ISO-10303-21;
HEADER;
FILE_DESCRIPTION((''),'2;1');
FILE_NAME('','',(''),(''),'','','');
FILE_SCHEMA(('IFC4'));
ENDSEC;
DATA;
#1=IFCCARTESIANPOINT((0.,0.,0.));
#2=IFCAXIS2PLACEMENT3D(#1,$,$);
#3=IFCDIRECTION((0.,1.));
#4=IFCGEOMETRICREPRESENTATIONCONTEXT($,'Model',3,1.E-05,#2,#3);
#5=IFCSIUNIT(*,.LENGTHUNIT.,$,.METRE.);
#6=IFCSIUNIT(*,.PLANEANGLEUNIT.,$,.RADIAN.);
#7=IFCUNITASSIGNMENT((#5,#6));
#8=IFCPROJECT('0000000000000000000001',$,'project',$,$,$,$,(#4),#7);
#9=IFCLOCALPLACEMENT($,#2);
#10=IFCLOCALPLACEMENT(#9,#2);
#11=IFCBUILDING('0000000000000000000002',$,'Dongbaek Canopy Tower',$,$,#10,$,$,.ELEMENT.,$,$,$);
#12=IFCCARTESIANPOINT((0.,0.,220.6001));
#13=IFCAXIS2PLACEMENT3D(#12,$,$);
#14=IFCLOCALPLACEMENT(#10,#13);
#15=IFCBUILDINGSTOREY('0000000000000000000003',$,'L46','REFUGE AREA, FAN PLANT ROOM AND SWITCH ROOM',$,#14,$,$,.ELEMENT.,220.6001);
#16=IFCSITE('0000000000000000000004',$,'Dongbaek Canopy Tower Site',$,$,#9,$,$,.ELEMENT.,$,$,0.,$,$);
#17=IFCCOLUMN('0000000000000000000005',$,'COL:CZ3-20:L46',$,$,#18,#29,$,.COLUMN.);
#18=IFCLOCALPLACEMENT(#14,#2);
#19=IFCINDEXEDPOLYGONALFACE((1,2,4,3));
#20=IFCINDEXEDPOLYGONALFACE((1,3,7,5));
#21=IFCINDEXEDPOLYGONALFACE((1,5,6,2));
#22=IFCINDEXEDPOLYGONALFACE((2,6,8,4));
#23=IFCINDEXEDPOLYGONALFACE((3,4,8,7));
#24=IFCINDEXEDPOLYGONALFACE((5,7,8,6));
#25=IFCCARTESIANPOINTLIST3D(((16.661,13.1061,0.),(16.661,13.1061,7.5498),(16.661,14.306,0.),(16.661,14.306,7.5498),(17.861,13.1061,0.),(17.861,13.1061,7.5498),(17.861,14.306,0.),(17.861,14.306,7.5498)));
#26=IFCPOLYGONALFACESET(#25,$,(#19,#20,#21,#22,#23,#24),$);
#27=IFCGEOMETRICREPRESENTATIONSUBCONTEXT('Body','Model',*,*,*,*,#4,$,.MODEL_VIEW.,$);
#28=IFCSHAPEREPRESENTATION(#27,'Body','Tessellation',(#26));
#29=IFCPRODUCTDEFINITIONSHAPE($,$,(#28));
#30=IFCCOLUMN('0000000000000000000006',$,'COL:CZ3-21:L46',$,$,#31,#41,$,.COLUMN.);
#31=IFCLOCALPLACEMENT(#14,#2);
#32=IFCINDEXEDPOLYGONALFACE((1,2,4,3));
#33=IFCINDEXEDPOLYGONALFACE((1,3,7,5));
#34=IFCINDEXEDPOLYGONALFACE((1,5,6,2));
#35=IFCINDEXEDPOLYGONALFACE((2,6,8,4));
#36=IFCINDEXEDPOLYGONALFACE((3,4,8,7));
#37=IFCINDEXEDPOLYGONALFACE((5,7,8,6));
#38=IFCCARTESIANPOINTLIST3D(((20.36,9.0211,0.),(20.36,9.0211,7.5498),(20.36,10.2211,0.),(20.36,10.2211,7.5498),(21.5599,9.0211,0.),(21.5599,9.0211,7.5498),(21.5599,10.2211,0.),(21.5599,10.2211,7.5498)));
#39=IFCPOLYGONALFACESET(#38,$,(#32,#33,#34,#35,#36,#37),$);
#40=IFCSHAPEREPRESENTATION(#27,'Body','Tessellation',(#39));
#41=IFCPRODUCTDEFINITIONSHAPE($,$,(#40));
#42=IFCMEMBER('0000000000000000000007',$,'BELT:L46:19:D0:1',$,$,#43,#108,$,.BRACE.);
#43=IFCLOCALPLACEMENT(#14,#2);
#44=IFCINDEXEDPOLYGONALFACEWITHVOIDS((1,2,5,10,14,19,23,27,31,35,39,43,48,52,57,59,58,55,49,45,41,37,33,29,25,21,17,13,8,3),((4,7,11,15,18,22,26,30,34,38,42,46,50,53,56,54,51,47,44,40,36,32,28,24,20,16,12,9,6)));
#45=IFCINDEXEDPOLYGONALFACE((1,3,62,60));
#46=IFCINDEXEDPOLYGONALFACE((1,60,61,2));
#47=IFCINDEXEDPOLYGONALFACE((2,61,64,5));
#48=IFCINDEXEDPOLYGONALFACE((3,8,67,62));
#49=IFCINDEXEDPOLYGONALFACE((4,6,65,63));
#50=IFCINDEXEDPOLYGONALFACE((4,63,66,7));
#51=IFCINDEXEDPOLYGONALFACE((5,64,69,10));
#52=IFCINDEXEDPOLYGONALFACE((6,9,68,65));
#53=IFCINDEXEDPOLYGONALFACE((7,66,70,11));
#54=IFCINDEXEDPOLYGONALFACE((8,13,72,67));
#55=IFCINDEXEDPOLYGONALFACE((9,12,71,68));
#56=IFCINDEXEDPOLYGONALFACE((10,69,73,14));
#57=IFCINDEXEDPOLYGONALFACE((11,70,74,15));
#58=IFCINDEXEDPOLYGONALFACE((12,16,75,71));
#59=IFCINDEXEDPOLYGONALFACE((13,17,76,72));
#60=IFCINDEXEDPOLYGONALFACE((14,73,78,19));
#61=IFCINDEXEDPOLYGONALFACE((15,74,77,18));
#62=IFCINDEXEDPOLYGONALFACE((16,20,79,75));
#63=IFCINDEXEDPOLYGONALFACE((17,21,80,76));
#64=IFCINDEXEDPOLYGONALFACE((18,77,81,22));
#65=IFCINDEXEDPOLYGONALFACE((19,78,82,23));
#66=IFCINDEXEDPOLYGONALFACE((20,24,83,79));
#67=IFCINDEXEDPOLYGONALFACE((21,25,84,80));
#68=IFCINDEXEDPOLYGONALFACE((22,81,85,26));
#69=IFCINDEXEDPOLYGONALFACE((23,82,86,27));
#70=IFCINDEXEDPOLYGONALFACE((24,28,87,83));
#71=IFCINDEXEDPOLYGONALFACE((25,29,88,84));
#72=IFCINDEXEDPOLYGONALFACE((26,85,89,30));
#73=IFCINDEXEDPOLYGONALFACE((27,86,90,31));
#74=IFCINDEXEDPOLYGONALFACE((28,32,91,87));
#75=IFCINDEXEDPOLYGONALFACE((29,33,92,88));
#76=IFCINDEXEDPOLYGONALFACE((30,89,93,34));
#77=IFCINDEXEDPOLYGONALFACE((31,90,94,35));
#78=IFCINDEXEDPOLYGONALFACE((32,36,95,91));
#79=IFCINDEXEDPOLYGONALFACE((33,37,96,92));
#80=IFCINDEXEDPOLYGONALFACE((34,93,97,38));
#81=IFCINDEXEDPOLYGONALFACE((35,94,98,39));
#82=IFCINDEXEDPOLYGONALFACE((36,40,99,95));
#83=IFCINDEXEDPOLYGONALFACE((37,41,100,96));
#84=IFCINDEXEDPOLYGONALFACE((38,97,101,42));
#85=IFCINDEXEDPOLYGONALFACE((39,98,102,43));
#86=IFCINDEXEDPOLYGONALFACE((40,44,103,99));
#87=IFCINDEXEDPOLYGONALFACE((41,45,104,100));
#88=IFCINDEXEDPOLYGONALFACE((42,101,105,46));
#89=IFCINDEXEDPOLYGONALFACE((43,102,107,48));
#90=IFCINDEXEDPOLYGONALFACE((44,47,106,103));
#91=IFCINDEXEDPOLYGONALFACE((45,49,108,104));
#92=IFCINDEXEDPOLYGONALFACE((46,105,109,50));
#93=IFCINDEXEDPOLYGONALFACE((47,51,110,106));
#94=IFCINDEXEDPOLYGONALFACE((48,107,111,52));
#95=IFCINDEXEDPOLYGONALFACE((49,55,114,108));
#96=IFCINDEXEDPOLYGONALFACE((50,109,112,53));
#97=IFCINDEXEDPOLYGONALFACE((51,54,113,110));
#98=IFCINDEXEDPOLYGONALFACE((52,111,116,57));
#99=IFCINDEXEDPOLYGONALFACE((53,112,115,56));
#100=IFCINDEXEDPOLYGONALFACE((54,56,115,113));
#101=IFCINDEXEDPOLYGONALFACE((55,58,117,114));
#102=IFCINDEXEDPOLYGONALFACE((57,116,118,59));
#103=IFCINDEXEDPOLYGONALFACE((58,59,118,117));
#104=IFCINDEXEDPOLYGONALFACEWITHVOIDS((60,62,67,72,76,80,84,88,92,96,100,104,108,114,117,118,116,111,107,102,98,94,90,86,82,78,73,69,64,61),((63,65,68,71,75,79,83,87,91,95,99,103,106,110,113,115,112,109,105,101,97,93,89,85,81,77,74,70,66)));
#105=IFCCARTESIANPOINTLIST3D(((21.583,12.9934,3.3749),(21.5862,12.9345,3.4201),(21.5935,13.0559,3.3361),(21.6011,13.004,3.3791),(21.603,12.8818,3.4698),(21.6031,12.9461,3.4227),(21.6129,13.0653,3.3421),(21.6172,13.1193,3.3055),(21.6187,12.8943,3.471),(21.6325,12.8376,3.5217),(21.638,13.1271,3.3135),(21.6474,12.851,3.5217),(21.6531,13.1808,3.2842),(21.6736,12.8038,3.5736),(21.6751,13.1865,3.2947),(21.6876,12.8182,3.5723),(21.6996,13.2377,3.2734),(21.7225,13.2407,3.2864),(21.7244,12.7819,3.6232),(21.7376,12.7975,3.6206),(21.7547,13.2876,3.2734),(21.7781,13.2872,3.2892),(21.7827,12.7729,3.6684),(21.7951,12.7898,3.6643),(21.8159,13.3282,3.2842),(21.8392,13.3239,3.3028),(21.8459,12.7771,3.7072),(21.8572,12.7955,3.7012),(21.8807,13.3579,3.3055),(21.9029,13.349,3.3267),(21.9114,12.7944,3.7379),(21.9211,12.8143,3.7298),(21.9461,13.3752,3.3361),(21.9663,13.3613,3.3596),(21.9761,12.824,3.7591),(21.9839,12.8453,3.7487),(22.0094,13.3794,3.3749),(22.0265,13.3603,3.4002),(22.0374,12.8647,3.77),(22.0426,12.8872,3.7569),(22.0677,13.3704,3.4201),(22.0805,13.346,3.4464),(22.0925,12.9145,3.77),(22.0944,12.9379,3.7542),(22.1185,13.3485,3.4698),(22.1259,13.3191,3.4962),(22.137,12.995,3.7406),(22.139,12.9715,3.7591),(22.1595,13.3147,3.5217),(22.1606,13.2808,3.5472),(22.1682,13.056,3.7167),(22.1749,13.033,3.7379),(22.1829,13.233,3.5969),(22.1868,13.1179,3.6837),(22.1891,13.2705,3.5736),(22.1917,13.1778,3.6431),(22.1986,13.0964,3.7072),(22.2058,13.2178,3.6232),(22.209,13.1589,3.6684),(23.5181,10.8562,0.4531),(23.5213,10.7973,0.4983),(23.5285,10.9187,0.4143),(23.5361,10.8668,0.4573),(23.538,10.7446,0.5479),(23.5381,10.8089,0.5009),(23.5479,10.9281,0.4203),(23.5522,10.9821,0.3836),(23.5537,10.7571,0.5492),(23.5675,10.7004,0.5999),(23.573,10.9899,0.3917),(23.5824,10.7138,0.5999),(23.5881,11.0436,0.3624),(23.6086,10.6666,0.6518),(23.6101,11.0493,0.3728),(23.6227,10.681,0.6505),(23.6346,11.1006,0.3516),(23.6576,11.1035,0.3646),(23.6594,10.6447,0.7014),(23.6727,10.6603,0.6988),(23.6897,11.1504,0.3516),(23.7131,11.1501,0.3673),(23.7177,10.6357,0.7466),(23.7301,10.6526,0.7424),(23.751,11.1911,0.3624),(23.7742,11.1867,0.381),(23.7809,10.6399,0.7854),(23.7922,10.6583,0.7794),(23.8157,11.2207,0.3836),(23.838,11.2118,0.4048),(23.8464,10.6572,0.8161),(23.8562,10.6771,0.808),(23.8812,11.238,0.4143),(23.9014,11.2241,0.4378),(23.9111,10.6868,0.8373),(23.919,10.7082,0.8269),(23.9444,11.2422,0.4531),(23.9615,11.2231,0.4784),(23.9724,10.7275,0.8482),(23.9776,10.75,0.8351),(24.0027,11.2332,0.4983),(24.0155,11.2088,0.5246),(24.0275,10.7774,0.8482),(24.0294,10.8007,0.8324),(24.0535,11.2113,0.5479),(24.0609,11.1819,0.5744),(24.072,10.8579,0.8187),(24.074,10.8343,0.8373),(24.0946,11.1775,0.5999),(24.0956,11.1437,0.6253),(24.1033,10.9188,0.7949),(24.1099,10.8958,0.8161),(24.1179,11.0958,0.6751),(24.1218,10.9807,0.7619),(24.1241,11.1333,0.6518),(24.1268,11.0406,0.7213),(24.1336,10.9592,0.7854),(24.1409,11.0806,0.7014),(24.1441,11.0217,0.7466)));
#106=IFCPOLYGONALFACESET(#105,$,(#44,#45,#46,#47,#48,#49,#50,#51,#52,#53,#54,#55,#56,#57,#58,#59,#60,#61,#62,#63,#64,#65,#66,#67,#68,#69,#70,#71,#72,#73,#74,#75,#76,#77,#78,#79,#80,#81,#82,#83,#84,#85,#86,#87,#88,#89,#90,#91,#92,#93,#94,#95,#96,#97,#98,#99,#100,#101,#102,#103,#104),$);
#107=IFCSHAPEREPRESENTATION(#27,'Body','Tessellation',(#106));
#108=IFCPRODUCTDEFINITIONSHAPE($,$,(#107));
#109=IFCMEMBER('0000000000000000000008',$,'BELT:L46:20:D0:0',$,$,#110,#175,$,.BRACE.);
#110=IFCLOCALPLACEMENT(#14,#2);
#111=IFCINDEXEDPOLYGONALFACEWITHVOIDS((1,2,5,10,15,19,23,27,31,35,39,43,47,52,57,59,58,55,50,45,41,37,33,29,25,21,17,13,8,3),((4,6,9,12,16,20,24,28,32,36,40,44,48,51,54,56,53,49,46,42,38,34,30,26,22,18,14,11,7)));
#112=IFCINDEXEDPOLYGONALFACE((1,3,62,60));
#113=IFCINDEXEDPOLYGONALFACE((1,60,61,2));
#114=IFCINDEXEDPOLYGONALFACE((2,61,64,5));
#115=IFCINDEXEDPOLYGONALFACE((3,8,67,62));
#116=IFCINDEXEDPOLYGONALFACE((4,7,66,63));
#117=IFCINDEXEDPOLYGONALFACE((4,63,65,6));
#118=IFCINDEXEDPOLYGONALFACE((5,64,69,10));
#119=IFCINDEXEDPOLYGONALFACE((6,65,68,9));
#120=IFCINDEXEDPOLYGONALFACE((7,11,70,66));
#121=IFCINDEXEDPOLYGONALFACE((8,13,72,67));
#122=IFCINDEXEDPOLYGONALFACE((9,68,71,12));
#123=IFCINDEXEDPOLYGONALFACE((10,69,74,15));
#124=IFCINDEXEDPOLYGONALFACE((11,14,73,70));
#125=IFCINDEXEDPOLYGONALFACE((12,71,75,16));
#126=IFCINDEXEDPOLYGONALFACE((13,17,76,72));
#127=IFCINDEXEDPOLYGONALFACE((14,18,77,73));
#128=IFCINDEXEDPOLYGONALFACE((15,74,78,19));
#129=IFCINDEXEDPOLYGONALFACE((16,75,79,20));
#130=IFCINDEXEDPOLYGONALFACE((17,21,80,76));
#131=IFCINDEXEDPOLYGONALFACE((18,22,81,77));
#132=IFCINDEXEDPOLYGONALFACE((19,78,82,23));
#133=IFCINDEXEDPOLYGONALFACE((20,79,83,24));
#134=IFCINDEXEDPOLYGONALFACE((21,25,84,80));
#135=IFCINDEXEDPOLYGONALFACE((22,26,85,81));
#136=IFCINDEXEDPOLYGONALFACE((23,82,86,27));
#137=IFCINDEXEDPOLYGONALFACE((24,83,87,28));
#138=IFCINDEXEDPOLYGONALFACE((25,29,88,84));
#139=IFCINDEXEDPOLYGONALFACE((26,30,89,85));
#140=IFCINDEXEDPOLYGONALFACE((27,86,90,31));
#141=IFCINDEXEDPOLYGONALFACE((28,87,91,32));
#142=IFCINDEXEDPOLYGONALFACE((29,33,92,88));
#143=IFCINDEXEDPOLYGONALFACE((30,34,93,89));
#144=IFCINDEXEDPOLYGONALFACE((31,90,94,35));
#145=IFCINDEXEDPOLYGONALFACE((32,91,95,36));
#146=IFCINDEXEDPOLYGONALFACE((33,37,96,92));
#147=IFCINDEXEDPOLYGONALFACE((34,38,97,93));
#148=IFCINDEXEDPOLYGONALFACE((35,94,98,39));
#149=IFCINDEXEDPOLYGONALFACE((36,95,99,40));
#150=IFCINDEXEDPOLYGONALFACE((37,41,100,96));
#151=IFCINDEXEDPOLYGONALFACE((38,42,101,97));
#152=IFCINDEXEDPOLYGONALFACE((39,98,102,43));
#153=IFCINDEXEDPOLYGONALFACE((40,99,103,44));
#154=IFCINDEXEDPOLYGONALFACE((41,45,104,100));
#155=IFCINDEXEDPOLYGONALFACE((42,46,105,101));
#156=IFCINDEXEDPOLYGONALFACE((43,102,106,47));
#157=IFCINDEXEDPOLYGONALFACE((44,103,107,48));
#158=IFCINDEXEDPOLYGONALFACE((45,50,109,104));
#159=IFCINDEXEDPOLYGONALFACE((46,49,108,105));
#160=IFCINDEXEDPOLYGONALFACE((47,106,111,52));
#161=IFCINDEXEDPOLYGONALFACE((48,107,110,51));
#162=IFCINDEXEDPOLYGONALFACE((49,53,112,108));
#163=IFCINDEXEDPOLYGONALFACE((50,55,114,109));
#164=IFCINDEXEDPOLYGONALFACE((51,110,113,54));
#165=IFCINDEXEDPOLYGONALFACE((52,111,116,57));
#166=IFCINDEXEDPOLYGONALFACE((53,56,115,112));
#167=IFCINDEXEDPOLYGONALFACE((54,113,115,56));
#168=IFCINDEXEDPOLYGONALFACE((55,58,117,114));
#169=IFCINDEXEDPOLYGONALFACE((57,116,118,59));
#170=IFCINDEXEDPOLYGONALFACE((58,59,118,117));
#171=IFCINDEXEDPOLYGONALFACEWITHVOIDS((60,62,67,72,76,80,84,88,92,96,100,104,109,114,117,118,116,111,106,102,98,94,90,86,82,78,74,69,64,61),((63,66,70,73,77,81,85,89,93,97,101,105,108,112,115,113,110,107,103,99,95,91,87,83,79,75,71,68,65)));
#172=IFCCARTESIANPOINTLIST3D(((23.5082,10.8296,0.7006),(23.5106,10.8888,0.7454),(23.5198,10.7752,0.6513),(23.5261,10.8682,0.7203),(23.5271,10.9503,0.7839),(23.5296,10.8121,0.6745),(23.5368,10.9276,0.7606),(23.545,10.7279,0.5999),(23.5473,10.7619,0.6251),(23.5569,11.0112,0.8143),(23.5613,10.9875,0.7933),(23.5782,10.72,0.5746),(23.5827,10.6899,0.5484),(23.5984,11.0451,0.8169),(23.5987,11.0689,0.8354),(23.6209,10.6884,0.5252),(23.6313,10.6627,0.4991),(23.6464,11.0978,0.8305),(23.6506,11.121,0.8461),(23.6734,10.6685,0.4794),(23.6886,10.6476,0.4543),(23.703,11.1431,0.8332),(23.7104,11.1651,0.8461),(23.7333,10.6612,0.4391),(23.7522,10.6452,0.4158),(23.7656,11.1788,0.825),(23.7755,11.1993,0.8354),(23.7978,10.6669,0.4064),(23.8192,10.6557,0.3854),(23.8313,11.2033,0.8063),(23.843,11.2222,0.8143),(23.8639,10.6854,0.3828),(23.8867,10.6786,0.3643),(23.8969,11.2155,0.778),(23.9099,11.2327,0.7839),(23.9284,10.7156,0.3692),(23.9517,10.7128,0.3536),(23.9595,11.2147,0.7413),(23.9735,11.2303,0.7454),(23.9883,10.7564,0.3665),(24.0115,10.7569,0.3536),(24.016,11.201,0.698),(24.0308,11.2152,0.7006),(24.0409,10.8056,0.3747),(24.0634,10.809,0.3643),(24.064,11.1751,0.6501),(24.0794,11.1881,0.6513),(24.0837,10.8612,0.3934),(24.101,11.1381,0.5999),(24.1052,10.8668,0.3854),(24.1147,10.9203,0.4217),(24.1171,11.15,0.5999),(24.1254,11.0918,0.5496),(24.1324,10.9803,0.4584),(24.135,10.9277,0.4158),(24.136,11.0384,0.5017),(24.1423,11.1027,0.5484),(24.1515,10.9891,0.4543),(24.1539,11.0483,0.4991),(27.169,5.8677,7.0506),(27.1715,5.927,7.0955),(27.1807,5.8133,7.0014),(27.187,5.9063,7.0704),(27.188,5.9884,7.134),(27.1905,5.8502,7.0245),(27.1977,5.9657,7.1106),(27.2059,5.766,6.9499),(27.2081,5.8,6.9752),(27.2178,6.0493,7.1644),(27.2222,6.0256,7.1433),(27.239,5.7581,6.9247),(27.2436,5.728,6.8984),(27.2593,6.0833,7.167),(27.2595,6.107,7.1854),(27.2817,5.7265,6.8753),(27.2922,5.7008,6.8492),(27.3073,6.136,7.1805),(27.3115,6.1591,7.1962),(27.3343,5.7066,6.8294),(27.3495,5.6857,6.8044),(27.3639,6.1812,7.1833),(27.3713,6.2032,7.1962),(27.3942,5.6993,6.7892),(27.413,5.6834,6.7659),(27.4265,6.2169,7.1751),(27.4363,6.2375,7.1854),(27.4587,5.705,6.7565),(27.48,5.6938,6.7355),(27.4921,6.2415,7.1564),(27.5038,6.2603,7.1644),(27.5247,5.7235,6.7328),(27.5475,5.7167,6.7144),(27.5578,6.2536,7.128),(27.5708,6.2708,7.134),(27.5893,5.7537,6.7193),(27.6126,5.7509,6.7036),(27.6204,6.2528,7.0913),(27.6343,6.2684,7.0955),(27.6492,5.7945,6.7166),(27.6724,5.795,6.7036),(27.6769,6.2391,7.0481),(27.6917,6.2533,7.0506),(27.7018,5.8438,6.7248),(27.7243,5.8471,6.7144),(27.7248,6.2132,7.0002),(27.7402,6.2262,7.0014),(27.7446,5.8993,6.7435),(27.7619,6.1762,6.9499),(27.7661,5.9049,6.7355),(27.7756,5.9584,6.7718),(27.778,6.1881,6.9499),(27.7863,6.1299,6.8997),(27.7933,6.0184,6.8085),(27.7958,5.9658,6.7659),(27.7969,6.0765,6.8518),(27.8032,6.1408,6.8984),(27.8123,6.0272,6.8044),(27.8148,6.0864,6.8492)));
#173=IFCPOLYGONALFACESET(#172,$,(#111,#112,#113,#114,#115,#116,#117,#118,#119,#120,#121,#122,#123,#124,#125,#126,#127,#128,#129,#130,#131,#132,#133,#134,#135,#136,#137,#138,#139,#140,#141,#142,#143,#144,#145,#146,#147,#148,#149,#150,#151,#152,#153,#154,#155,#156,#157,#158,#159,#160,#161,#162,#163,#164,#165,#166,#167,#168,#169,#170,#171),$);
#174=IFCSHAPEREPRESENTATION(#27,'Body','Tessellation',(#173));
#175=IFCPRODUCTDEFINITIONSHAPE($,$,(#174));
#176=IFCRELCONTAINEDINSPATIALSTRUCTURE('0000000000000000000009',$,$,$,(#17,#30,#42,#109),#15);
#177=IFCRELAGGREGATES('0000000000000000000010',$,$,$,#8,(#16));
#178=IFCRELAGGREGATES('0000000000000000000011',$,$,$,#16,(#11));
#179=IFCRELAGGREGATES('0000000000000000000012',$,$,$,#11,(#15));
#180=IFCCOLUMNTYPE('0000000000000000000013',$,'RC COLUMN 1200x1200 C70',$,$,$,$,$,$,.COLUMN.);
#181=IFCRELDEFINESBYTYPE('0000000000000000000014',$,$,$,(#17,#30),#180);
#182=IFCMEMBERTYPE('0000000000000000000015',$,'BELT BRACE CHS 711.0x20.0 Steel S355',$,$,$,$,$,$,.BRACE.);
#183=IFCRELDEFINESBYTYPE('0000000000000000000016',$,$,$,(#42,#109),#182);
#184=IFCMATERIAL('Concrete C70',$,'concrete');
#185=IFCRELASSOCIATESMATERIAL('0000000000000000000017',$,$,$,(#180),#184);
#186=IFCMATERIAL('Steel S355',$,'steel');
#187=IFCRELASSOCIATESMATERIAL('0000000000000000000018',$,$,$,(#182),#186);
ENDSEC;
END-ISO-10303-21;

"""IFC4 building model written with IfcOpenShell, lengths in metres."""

from ifc_helpers import new_model, si_unit, direction, frame, origin, origin_2d, place, context, subcontext, project, spatial, rectangle, hollow_circle, extrude, material, material_profile, profile_set, type_object, element, save


model = new_model("IFC4")

# Units and contexts
model_context = context("Model", 3, precision=1e-05, world=origin(), true_north=direction((0.0, 1.0)))
body_context = subcontext(model_context, "Body", "Model", "MODEL_VIEW")
ifc_project = project(units=[si_unit("LENGTHUNIT", "METRE"), si_unit("PLANEANGLEUNIT", "RADIAN")], contexts=[model_context])

# Site, building, storey
site_placement = place(None, origin())
site = spatial("IfcSite", under=ifc_project, at=site_placement, Name="Dongbaek Canopy Tower Site", CompositionType="ELEMENT", RefElevation=0.0)
building_placement = place(site_placement, origin())
building = spatial("IfcBuilding", under=site, at=building_placement, Name="Dongbaek Canopy Tower", CompositionType="ELEMENT")
storey_placement = place(building_placement, frame((0.0, 0.0, 220.6001)))
storey = spatial("IfcBuildingStorey", under=building, at=storey_placement, Name="L46", Description="REFUGE AREA, FAN PLANT ROOM AND SWITCH ROOM", CompositionType="ELEMENT", Elevation=220.6001)

# Columns
ifc_material_1 = material(Name="Concrete C70", Category="concrete")
ifc_material_profile_1 = material_profile(ifc_material_1, rectangle(XDim=1.2, YDim=1.2, at=origin_2d()), Name="RC COLUMN 1200x1200 C70")
ifc_profile_set_1 = profile_set([ifc_material_profile_1], Name="Concrete C70")
column_type = type_object("IfcColumnType", Name="RC COLUMN 1200x1200 C70", PredefinedType="COLUMN", material=ifc_profile_set_1)
for number, where, z_axis, x_axis, name in (
    (1, (17.261, 13.7061, 0.0), (0.0, 0.0, 1.0), (1.0, 0.0, 0.0), "COL:CZ3-20:L46"),
    (2, (20.96, 9.6211, 0.0), (0.0, 0.0, 1.0), (1.0, 0.0, 0.0), "COL:CZ3-21:L46"),
):
    element("IfcColumn", number, at=place(storey_placement, frame(where, z_axis=z_axis, x_axis=x_axis)), inside=storey, type_object=column_type, Name=name, PredefinedType="COLUMN", context=body_context, shape_type="SweptSolid", body=[
        extrude(rectangle(XDim=1.2, YDim=1.2, at=origin_2d()), origin(), (0.0, 0.0, 1.0), 7.5498),
    ])

# Members
ifc_material_2 = material(Name="Steel S355", Category="steel")
ifc_material_profile_2 = material_profile(ifc_material_2, hollow_circle(Radius=0.3555, WallThickness=0.02, at=origin_2d()), Name="BELT BRACE CHS 711.0x20.0 Steel S355")
ifc_profile_set_2 = profile_set([ifc_material_profile_2], Name="Steel S355")
member_type_1 = type_object("IfcMemberType", Name="BELT BRACE CHS 711.0x20.0 Steel S355", PredefinedType="BRACE", material=ifc_profile_set_2)
member_1_placement = place(storey_placement, frame((23.8311, 10.939, 0.5999), z_axis=(-0.471413, 0.520659, 0.711817), x_axis=(-0.741295, -0.671179, 0.0)))
element("IfcMember", 3, at=member_1_placement, inside=storey, type_object=member_type_1, Name="BELT:L46:19:D0:1", PredefinedType="BRACE", context=body_context, shape_type="SweptSolid", body=[
    extrude(hollow_circle(Radius=0.3555, WallThickness=0.02, at=origin_2d()), origin(), (0.0, 0.0, 1.0), 4.1047),
])
member_2_placement = place(storey_placement, frame((23.8311, 10.939, 0.5999), z_axis=(0.413597, -0.560583, 0.717416), x_axis=(0.804688, 0.593697, 0.0)))
element("IfcMember", 4, at=member_2_placement, inside=storey, type_object=member_type_1, Name="BELT:L46:20:D0:0", PredefinedType="BRACE", context=body_context, shape_type="SweptSolid", body=[
    extrude(hollow_circle(Radius=0.3555, WallThickness=0.02, at=origin_2d()), origin(), (0.0, 0.0, 1.0), 8.8513),
])

save(model, "model.ifc")
